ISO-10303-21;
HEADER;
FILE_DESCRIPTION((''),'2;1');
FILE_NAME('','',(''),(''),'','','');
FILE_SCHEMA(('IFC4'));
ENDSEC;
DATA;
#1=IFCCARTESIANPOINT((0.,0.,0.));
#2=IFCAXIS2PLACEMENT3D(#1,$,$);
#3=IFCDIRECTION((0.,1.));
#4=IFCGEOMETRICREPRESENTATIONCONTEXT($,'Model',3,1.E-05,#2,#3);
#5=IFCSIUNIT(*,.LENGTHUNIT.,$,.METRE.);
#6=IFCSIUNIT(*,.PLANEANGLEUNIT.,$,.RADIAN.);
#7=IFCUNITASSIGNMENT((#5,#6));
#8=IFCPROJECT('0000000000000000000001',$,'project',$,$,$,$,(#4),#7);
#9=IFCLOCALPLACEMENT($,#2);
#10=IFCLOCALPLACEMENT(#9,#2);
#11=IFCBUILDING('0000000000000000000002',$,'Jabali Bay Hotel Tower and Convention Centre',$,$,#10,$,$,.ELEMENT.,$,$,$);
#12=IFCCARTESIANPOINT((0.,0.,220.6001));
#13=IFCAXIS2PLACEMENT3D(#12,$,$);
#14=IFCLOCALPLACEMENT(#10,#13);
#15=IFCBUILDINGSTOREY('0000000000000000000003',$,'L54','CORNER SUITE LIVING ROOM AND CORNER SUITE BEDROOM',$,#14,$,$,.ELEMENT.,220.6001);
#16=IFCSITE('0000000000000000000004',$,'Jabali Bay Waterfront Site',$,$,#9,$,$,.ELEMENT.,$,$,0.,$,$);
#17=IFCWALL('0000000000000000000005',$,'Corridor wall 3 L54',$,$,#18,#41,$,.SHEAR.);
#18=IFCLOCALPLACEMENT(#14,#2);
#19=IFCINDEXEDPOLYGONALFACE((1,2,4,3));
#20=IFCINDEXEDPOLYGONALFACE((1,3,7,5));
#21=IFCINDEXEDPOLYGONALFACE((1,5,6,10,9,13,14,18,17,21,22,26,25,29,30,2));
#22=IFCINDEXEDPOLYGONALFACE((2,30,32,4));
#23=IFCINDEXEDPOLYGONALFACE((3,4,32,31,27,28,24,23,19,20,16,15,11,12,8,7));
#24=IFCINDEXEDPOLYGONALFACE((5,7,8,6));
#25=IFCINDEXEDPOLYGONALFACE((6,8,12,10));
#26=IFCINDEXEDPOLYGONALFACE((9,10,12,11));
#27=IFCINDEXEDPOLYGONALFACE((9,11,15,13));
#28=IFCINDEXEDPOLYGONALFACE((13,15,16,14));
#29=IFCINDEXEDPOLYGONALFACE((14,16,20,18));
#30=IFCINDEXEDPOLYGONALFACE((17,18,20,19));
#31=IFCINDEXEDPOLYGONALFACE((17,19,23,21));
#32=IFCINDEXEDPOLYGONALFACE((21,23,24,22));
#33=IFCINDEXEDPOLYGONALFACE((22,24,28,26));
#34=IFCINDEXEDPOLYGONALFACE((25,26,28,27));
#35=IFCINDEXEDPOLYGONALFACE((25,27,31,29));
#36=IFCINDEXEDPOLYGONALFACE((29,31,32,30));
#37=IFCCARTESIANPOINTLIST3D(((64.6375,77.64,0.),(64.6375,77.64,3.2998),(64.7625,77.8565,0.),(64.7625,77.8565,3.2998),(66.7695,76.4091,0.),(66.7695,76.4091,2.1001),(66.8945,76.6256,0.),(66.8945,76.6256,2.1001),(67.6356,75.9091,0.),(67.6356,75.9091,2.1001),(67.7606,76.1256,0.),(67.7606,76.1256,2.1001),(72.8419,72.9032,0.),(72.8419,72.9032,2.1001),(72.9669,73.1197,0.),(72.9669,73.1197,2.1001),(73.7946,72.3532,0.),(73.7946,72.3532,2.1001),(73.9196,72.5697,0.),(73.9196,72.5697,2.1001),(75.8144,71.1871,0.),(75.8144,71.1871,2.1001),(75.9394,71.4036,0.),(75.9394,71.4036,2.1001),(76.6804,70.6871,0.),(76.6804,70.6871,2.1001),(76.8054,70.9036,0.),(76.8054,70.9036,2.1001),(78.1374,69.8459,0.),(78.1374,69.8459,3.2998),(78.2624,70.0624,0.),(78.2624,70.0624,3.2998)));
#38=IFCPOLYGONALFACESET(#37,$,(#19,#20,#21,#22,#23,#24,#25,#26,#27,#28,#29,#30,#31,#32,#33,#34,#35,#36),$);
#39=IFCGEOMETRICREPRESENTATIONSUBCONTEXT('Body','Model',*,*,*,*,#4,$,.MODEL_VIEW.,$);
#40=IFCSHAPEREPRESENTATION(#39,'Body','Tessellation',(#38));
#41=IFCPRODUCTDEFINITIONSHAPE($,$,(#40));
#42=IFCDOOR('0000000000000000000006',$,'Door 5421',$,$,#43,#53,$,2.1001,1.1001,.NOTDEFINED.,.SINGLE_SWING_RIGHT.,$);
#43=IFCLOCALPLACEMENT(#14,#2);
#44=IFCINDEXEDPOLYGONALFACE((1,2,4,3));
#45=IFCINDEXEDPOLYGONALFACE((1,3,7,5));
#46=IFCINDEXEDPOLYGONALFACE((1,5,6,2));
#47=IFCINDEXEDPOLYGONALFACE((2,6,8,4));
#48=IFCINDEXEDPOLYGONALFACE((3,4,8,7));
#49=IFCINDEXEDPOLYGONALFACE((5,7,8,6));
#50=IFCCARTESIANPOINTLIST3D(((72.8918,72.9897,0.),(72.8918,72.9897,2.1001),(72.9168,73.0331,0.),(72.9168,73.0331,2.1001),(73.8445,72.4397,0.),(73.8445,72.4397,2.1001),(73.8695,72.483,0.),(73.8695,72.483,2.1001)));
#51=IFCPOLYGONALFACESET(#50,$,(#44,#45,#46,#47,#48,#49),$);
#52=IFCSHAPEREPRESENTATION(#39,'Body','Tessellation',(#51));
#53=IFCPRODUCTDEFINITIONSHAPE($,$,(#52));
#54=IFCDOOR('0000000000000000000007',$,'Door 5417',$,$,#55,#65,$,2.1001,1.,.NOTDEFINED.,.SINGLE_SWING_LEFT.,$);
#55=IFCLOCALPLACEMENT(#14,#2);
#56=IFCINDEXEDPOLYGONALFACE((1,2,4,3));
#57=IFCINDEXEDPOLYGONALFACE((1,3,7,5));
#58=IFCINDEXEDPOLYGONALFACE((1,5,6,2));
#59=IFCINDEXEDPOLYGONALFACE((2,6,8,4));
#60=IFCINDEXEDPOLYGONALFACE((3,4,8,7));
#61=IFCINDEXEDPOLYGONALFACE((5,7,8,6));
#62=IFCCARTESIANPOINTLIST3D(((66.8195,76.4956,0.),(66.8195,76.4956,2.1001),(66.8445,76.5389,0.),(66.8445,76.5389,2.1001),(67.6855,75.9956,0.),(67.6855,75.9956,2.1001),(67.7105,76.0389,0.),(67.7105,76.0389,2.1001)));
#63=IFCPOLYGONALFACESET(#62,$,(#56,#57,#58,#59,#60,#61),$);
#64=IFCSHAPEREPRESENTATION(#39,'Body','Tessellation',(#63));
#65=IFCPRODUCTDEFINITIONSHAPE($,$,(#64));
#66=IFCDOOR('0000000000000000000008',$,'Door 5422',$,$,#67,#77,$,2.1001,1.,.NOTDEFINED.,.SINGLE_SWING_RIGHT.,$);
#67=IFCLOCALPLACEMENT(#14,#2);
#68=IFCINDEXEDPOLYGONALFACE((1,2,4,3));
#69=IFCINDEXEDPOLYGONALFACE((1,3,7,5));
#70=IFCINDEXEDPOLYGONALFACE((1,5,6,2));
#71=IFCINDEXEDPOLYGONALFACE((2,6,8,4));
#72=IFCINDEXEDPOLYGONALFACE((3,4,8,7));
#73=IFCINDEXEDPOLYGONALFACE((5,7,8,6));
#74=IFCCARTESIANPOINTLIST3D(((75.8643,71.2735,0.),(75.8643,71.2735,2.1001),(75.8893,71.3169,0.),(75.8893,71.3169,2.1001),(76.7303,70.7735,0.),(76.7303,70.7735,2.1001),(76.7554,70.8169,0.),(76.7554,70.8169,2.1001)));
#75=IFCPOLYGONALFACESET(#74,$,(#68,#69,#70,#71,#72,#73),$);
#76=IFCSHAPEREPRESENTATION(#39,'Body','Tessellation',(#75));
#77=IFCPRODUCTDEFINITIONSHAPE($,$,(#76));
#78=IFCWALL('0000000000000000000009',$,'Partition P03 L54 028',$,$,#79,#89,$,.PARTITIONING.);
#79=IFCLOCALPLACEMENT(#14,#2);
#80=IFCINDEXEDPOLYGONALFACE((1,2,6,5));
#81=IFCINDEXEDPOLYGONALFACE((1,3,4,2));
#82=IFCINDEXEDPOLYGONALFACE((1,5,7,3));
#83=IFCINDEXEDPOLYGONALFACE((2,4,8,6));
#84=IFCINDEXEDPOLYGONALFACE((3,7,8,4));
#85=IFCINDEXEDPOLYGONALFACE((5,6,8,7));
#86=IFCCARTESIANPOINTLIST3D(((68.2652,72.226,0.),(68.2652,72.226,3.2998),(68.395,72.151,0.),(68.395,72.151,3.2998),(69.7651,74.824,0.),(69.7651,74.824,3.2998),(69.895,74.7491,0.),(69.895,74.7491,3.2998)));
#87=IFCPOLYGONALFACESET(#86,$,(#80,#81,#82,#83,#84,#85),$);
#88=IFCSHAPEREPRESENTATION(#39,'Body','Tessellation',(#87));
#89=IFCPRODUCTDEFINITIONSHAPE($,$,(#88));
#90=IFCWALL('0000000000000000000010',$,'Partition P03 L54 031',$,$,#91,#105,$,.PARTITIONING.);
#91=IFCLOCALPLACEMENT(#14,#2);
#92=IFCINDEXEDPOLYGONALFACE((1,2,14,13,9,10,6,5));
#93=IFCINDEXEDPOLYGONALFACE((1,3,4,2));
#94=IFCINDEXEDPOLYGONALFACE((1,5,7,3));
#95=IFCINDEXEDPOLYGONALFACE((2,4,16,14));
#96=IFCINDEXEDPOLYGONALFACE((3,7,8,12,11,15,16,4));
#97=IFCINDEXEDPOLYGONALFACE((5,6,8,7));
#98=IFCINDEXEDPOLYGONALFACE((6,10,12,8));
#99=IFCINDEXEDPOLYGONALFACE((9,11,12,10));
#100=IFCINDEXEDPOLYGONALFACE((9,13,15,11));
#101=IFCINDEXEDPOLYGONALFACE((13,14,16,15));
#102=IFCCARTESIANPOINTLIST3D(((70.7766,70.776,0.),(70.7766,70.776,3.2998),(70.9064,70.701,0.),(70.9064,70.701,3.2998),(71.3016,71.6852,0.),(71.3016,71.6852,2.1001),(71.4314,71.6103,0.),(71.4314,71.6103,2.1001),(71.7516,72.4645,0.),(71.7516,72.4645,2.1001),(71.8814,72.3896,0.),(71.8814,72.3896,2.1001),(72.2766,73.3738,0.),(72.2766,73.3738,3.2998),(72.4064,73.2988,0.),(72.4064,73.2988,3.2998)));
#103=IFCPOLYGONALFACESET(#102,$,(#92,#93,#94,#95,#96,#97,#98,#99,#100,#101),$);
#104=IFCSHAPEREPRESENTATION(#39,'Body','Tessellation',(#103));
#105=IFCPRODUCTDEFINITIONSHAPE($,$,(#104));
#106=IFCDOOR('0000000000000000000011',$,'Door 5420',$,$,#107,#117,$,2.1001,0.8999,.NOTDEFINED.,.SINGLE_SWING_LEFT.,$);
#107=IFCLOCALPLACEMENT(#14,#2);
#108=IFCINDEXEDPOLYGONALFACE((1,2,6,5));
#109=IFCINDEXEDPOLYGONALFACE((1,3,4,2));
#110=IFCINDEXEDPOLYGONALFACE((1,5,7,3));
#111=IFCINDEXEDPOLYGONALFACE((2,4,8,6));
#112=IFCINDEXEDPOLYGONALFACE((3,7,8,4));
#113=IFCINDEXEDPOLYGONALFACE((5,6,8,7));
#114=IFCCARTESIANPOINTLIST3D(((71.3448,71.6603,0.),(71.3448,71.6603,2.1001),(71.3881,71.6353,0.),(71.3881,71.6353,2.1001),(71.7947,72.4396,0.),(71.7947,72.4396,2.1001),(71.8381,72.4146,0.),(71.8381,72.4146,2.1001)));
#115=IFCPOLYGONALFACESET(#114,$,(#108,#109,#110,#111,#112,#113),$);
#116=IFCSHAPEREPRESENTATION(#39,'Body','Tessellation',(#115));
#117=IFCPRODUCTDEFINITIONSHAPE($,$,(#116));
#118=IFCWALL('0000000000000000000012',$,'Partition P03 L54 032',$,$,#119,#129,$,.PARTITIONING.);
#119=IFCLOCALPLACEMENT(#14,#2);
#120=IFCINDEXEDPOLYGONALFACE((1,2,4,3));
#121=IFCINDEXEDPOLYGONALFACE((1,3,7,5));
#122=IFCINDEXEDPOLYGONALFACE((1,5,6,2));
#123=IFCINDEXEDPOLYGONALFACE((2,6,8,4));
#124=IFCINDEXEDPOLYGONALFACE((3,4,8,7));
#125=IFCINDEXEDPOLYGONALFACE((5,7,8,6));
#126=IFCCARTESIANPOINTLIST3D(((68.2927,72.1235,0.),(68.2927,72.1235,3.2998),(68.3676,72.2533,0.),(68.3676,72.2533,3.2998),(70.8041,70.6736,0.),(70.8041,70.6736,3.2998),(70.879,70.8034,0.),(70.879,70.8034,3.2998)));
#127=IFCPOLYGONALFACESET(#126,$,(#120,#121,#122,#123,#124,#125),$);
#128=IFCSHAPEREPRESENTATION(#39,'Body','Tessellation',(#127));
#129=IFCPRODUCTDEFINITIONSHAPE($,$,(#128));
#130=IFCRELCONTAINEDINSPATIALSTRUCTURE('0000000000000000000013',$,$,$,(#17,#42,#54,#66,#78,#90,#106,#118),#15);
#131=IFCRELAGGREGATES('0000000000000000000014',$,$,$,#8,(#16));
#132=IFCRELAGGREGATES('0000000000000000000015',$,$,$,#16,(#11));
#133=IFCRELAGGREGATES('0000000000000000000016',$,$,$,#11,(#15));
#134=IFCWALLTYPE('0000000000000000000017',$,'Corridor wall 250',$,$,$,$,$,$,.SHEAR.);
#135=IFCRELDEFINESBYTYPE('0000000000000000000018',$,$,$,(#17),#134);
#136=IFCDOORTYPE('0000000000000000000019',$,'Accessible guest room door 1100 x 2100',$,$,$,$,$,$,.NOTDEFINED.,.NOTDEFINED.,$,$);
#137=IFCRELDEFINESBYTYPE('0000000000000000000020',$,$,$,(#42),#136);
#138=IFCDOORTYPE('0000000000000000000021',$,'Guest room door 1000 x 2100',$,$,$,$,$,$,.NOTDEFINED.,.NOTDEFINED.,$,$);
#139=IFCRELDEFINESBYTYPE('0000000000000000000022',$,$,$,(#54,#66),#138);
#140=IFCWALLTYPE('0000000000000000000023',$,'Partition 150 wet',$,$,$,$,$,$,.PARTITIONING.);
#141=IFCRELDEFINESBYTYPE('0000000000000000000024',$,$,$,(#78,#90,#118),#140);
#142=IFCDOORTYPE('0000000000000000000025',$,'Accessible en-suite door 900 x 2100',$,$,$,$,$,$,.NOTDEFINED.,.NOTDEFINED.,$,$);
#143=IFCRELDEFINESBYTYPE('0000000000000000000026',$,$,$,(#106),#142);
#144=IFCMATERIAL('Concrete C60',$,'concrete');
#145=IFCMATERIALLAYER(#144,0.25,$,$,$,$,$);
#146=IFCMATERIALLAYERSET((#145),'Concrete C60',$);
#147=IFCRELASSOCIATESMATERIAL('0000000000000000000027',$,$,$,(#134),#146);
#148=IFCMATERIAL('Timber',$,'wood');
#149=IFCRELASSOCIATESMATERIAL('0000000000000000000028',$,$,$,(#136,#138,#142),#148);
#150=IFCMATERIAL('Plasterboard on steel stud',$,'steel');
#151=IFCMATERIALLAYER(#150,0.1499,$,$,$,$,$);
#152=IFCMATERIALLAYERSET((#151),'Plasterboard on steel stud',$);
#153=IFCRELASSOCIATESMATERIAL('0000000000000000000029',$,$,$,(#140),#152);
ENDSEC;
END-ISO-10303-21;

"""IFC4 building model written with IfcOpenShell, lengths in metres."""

from ifc_helpers import new_model, si_unit, direction, frame, frame_2d, origin, place, context, subcontext, project, spatial, rectangle, extrude, material, layer, layer_set, type_object, element, fill, save


model = new_model("IFC4")

# Units and contexts
model_context = context("Model", 3, precision=1e-05, world=origin(), true_north=direction((0.0, 1.0)))
body_context = subcontext(model_context, "Body", "Model", "MODEL_VIEW")
ifc_project = project(units=[si_unit("LENGTHUNIT", "METRE"), si_unit("PLANEANGLEUNIT", "RADIAN")], contexts=[model_context])

# Site, building, storey
site_placement = place(None, origin())
site = spatial("IfcSite", under=ifc_project, at=site_placement, Name="Jabali Bay Waterfront Site", CompositionType="ELEMENT", RefElevation=0.0)
building_placement = place(site_placement, origin())
building = spatial("IfcBuilding", under=site, at=building_placement, Name="Jabali Bay Hotel Tower and Convention Centre", CompositionType="ELEMENT")
storey_placement = place(building_placement, frame((0.0, 0.0, 220.6001)))
storey = spatial("IfcBuildingStorey", under=building, at=storey_placement, Name="L54", Description="CORNER SUITE LIVING ROOM AND CORNER SUITE BEDROOM", CompositionType="ELEMENT", Elevation=220.6001)

# Shared definitions
ifc_material_1 = material(Name="Concrete C60", Category="concrete")

# Wall, openings, doors
ifc_layer_1 = layer(ifc_material_1, 0.25)
ifc_layer_set_1 = layer_set([ifc_layer_1], Name="Concrete C60")
wall_type_1 = type_object("IfcWallType", Name="Corridor wall 250", PredefinedType="SHEAR", material=ifc_layer_set_1)
wall_1_placement = place(storey_placement, frame((64.7, 77.7483, 0.0), z_axis=(0.0, 0.0, 1.0), x_axis=(0.866026, -0.499998, 0.0)))
wall_1 = element("IfcWall", 1, at=wall_1_placement, inside=storey, type_object=wall_type_1, Name="Corridor wall 3 L54", PredefinedType="SHEAR", context=body_context, shape_type="SweptSolid", body=[
    extrude(rectangle(XDim=15.5884, YDim=0.25, at=frame_2d((7.7942, 0.0))), origin(), (0.0, 0.0, 1.0), 3.2998),
])
opening_1_placement = place(wall_1_placement, frame((2.4619, 0.0, 0.0)))
opening_1 = element("IfcOpeningElement", 2, at=opening_1_placement, cuts=wall_1, PredefinedType="OPENING", context=body_context, shape_type="SweptSolid", body=[
    extrude(rectangle(XDim=1.0, YDim=2.1001, at=frame_2d((0.5, 1.05))), frame((0.0, 0.1355, 0.0), z_axis=(0.0, -1.0, 0.0), x_axis=(1.0, 0.0, 0.0)), (0.0, 0.0, 1.0), 0.271),
])
opening_2_placement = place(wall_1_placement, frame((9.4736, 0.0, 0.0)))
opening_2 = element("IfcOpeningElement", 3, at=opening_2_placement, cuts=wall_1, PredefinedType="OPENING", context=body_context, shape_type="SweptSolid", body=[
    extrude(rectangle(XDim=1.1001, YDim=2.1001, at=frame_2d((0.55, 1.05))), frame((0.0, 0.1355, 0.0), z_axis=(0.0, -1.0, 0.0), x_axis=(1.0, 0.0, 0.0)), (0.0, 0.0, 1.0), 0.271),
])
opening_3_placement = place(wall_1_placement, frame((12.906, 0.0, 0.0)))
opening_3 = element("IfcOpeningElement", 4, at=opening_3_placement, cuts=wall_1, PredefinedType="OPENING", context=body_context, shape_type="SweptSolid", body=[
    extrude(rectangle(XDim=1.0, YDim=2.1001, at=frame_2d((0.5, 1.05))), frame((0.0, 0.1355, 0.0), z_axis=(0.0, -1.0, 0.0), x_axis=(1.0, 0.0, 0.0)), (0.0, 0.0, 1.0), 0.271),
])
ifc_material_2 = material(Name="Timber", Category="wood")
door_type_1 = type_object("IfcDoorType", Name="Accessible guest room door 1100 x 2100", OperationType="NOTDEFINED", PredefinedType="NOTDEFINED", material=ifc_material_2)
door_1_placement = place(opening_2_placement, origin())
door_1 = element("IfcDoor", 5, at=door_1_placement, inside=storey, type_object=door_type_1, Name="Door 5421", OperationType="SINGLE_SWING_RIGHT", OverallHeight=2.1001, OverallWidth=1.1001, PredefinedType="NOTDEFINED", context=body_context, shape_type="SweptSolid", body=[
    extrude(rectangle(XDim=1.1001, YDim=2.1001, at=frame_2d((0.55, 1.05))), frame((0.0, 0.0249, 0.0), z_axis=(0.0, -1.0, 0.0), x_axis=(1.0, 0.0, 0.0)), (0.0, 0.0, 1.0), 0.05),
])
fill(opening_2, door_1)
door_type_2 = type_object("IfcDoorType", Name="Guest room door 1000 x 2100", OperationType="NOTDEFINED", PredefinedType="NOTDEFINED", material=ifc_material_2)
door_2_placement = place(opening_1_placement, origin())
door_2 = element("IfcDoor", 6, at=door_2_placement, inside=storey, type_object=door_type_2, Name="Door 5417", OperationType="SINGLE_SWING_LEFT", OverallHeight=2.1001, OverallWidth=1.0, PredefinedType="NOTDEFINED", context=body_context, shape_type="SweptSolid", body=[
    extrude(rectangle(XDim=1.0, YDim=2.1001, at=frame_2d((0.5, 1.05))), frame((0.0, 0.0249, 0.0), z_axis=(0.0, -1.0, 0.0), x_axis=(1.0, 0.0, 0.0)), (0.0, 0.0, 1.0), 0.05),
])
fill(opening_1, door_2)
door_3_placement = place(opening_3_placement, origin())
door_3 = element("IfcDoor", 7, at=door_3_placement, inside=storey, type_object=door_type_2, Name="Door 5422", OperationType="SINGLE_SWING_RIGHT", OverallHeight=2.1001, OverallWidth=1.0, PredefinedType="NOTDEFINED", context=body_context, shape_type="SweptSolid", body=[
    extrude(rectangle(XDim=1.0, YDim=2.1001, at=frame_2d((0.5, 1.05))), frame((0.0, 0.0249, 0.0), z_axis=(0.0, -1.0, 0.0), x_axis=(1.0, 0.0, 0.0)), (0.0, 0.0, 1.0), 0.05),
])
fill(opening_3, door_3)

# Wall
ifc_material_3 = material(Name="Plasterboard on steel stud", Category="steel")
ifc_layer_2 = layer(ifc_material_3, 0.1499)
ifc_layer_set_2 = layer_set([ifc_layer_2], Name="Plasterboard on steel stud")
wall_type_2 = type_object("IfcWallType", Name="Partition 150 wet", PredefinedType="PARTITIONING", material=ifc_layer_set_2)
wall_2_placement = place(storey_placement, frame((68.3301, 72.1885, 0.0), z_axis=(0.0, 0.0, 1.0), x_axis=(0.49999, 0.866031, 0.0)))
element("IfcWall", 8, at=wall_2_placement, inside=storey, type_object=wall_type_2, Name="Partition P03 L54 028", PredefinedType="PARTITIONING", context=body_context, shape_type="SweptSolid", body=[
    extrude(rectangle(XDim=3.0, YDim=0.1499, at=frame_2d((1.5, 0.0))), origin(), (0.0, 0.0, 1.0), 3.2998),
])

# Wall, opening, door
wall_3_placement = place(storey_placement, frame((72.3416, 73.3364, 0.0), z_axis=(0.0, 0.0, 1.0), x_axis=(-0.500025, -0.866011, 0.0)))
wall_3 = element("IfcWall", 9, at=wall_3_placement, inside=storey, type_object=wall_type_2, Name="Partition P03 L54 031", PredefinedType="PARTITIONING", context=body_context, shape_type="SweptSolid", body=[
    extrude(rectangle(XDim=2.9998, YDim=0.1499, at=frame_2d((1.5, 0.0))), origin(), (0.0, 0.0, 1.0), 3.2998),
])
opening_4_placement = place(wall_3_placement, frame((1.05, 0.0, 0.0)))
opening_4 = element("IfcOpeningElement", 10, at=opening_4_placement, cuts=wall_3, PredefinedType="OPENING", context=body_context, shape_type="SweptSolid", body=[
    extrude(rectangle(XDim=0.8999, YDim=2.1001, at=frame_2d((0.45, 1.05))), frame((0.0, 0.0854, 0.0), z_axis=(0.0, -1.0, 0.0), x_axis=(1.0, 0.0, 0.0)), (0.0, 0.0, 1.0), 0.1709),
])
door_type_3 = type_object("IfcDoorType", Name="Accessible en-suite door 900 x 2100", OperationType="NOTDEFINED", PredefinedType="NOTDEFINED", material=ifc_material_2)
door_4_placement = place(opening_4_placement, origin())
door_4 = element("IfcDoor", 11, at=door_4_placement, inside=storey, type_object=door_type_3, Name="Door 5420", OperationType="SINGLE_SWING_LEFT", OverallHeight=2.1001, OverallWidth=0.8999, PredefinedType="NOTDEFINED", context=body_context, shape_type="SweptSolid", body=[
    extrude(rectangle(XDim=0.8999, YDim=2.1001, at=frame_2d((0.45, 1.05))), frame((0.0, 0.0249, 0.0), z_axis=(0.0, -1.0, 0.0), x_axis=(1.0, 0.0, 0.0)), (0.0, 0.0, 1.0), 0.05),
])
fill(opening_4, door_4)

# Wall
wall_4_placement = place(storey_placement, frame((70.8416, 70.7385, 0.0), z_axis=(0.0, 0.0, 1.0), x_axis=(-0.866033, 0.499987, 0.0)))
element("IfcWall", 12, at=wall_4_placement, inside=storey, type_object=wall_type_2, Name="Partition P03 L54 032", PredefinedType="PARTITIONING", context=body_context, shape_type="SweptSolid", body=[
    extrude(rectangle(XDim=2.8999, YDim=0.1499, at=frame_2d((1.45, 0.0))), origin(), (0.0, 0.0, 1.0), 3.2998),
])

save(model, "model.ifc")
